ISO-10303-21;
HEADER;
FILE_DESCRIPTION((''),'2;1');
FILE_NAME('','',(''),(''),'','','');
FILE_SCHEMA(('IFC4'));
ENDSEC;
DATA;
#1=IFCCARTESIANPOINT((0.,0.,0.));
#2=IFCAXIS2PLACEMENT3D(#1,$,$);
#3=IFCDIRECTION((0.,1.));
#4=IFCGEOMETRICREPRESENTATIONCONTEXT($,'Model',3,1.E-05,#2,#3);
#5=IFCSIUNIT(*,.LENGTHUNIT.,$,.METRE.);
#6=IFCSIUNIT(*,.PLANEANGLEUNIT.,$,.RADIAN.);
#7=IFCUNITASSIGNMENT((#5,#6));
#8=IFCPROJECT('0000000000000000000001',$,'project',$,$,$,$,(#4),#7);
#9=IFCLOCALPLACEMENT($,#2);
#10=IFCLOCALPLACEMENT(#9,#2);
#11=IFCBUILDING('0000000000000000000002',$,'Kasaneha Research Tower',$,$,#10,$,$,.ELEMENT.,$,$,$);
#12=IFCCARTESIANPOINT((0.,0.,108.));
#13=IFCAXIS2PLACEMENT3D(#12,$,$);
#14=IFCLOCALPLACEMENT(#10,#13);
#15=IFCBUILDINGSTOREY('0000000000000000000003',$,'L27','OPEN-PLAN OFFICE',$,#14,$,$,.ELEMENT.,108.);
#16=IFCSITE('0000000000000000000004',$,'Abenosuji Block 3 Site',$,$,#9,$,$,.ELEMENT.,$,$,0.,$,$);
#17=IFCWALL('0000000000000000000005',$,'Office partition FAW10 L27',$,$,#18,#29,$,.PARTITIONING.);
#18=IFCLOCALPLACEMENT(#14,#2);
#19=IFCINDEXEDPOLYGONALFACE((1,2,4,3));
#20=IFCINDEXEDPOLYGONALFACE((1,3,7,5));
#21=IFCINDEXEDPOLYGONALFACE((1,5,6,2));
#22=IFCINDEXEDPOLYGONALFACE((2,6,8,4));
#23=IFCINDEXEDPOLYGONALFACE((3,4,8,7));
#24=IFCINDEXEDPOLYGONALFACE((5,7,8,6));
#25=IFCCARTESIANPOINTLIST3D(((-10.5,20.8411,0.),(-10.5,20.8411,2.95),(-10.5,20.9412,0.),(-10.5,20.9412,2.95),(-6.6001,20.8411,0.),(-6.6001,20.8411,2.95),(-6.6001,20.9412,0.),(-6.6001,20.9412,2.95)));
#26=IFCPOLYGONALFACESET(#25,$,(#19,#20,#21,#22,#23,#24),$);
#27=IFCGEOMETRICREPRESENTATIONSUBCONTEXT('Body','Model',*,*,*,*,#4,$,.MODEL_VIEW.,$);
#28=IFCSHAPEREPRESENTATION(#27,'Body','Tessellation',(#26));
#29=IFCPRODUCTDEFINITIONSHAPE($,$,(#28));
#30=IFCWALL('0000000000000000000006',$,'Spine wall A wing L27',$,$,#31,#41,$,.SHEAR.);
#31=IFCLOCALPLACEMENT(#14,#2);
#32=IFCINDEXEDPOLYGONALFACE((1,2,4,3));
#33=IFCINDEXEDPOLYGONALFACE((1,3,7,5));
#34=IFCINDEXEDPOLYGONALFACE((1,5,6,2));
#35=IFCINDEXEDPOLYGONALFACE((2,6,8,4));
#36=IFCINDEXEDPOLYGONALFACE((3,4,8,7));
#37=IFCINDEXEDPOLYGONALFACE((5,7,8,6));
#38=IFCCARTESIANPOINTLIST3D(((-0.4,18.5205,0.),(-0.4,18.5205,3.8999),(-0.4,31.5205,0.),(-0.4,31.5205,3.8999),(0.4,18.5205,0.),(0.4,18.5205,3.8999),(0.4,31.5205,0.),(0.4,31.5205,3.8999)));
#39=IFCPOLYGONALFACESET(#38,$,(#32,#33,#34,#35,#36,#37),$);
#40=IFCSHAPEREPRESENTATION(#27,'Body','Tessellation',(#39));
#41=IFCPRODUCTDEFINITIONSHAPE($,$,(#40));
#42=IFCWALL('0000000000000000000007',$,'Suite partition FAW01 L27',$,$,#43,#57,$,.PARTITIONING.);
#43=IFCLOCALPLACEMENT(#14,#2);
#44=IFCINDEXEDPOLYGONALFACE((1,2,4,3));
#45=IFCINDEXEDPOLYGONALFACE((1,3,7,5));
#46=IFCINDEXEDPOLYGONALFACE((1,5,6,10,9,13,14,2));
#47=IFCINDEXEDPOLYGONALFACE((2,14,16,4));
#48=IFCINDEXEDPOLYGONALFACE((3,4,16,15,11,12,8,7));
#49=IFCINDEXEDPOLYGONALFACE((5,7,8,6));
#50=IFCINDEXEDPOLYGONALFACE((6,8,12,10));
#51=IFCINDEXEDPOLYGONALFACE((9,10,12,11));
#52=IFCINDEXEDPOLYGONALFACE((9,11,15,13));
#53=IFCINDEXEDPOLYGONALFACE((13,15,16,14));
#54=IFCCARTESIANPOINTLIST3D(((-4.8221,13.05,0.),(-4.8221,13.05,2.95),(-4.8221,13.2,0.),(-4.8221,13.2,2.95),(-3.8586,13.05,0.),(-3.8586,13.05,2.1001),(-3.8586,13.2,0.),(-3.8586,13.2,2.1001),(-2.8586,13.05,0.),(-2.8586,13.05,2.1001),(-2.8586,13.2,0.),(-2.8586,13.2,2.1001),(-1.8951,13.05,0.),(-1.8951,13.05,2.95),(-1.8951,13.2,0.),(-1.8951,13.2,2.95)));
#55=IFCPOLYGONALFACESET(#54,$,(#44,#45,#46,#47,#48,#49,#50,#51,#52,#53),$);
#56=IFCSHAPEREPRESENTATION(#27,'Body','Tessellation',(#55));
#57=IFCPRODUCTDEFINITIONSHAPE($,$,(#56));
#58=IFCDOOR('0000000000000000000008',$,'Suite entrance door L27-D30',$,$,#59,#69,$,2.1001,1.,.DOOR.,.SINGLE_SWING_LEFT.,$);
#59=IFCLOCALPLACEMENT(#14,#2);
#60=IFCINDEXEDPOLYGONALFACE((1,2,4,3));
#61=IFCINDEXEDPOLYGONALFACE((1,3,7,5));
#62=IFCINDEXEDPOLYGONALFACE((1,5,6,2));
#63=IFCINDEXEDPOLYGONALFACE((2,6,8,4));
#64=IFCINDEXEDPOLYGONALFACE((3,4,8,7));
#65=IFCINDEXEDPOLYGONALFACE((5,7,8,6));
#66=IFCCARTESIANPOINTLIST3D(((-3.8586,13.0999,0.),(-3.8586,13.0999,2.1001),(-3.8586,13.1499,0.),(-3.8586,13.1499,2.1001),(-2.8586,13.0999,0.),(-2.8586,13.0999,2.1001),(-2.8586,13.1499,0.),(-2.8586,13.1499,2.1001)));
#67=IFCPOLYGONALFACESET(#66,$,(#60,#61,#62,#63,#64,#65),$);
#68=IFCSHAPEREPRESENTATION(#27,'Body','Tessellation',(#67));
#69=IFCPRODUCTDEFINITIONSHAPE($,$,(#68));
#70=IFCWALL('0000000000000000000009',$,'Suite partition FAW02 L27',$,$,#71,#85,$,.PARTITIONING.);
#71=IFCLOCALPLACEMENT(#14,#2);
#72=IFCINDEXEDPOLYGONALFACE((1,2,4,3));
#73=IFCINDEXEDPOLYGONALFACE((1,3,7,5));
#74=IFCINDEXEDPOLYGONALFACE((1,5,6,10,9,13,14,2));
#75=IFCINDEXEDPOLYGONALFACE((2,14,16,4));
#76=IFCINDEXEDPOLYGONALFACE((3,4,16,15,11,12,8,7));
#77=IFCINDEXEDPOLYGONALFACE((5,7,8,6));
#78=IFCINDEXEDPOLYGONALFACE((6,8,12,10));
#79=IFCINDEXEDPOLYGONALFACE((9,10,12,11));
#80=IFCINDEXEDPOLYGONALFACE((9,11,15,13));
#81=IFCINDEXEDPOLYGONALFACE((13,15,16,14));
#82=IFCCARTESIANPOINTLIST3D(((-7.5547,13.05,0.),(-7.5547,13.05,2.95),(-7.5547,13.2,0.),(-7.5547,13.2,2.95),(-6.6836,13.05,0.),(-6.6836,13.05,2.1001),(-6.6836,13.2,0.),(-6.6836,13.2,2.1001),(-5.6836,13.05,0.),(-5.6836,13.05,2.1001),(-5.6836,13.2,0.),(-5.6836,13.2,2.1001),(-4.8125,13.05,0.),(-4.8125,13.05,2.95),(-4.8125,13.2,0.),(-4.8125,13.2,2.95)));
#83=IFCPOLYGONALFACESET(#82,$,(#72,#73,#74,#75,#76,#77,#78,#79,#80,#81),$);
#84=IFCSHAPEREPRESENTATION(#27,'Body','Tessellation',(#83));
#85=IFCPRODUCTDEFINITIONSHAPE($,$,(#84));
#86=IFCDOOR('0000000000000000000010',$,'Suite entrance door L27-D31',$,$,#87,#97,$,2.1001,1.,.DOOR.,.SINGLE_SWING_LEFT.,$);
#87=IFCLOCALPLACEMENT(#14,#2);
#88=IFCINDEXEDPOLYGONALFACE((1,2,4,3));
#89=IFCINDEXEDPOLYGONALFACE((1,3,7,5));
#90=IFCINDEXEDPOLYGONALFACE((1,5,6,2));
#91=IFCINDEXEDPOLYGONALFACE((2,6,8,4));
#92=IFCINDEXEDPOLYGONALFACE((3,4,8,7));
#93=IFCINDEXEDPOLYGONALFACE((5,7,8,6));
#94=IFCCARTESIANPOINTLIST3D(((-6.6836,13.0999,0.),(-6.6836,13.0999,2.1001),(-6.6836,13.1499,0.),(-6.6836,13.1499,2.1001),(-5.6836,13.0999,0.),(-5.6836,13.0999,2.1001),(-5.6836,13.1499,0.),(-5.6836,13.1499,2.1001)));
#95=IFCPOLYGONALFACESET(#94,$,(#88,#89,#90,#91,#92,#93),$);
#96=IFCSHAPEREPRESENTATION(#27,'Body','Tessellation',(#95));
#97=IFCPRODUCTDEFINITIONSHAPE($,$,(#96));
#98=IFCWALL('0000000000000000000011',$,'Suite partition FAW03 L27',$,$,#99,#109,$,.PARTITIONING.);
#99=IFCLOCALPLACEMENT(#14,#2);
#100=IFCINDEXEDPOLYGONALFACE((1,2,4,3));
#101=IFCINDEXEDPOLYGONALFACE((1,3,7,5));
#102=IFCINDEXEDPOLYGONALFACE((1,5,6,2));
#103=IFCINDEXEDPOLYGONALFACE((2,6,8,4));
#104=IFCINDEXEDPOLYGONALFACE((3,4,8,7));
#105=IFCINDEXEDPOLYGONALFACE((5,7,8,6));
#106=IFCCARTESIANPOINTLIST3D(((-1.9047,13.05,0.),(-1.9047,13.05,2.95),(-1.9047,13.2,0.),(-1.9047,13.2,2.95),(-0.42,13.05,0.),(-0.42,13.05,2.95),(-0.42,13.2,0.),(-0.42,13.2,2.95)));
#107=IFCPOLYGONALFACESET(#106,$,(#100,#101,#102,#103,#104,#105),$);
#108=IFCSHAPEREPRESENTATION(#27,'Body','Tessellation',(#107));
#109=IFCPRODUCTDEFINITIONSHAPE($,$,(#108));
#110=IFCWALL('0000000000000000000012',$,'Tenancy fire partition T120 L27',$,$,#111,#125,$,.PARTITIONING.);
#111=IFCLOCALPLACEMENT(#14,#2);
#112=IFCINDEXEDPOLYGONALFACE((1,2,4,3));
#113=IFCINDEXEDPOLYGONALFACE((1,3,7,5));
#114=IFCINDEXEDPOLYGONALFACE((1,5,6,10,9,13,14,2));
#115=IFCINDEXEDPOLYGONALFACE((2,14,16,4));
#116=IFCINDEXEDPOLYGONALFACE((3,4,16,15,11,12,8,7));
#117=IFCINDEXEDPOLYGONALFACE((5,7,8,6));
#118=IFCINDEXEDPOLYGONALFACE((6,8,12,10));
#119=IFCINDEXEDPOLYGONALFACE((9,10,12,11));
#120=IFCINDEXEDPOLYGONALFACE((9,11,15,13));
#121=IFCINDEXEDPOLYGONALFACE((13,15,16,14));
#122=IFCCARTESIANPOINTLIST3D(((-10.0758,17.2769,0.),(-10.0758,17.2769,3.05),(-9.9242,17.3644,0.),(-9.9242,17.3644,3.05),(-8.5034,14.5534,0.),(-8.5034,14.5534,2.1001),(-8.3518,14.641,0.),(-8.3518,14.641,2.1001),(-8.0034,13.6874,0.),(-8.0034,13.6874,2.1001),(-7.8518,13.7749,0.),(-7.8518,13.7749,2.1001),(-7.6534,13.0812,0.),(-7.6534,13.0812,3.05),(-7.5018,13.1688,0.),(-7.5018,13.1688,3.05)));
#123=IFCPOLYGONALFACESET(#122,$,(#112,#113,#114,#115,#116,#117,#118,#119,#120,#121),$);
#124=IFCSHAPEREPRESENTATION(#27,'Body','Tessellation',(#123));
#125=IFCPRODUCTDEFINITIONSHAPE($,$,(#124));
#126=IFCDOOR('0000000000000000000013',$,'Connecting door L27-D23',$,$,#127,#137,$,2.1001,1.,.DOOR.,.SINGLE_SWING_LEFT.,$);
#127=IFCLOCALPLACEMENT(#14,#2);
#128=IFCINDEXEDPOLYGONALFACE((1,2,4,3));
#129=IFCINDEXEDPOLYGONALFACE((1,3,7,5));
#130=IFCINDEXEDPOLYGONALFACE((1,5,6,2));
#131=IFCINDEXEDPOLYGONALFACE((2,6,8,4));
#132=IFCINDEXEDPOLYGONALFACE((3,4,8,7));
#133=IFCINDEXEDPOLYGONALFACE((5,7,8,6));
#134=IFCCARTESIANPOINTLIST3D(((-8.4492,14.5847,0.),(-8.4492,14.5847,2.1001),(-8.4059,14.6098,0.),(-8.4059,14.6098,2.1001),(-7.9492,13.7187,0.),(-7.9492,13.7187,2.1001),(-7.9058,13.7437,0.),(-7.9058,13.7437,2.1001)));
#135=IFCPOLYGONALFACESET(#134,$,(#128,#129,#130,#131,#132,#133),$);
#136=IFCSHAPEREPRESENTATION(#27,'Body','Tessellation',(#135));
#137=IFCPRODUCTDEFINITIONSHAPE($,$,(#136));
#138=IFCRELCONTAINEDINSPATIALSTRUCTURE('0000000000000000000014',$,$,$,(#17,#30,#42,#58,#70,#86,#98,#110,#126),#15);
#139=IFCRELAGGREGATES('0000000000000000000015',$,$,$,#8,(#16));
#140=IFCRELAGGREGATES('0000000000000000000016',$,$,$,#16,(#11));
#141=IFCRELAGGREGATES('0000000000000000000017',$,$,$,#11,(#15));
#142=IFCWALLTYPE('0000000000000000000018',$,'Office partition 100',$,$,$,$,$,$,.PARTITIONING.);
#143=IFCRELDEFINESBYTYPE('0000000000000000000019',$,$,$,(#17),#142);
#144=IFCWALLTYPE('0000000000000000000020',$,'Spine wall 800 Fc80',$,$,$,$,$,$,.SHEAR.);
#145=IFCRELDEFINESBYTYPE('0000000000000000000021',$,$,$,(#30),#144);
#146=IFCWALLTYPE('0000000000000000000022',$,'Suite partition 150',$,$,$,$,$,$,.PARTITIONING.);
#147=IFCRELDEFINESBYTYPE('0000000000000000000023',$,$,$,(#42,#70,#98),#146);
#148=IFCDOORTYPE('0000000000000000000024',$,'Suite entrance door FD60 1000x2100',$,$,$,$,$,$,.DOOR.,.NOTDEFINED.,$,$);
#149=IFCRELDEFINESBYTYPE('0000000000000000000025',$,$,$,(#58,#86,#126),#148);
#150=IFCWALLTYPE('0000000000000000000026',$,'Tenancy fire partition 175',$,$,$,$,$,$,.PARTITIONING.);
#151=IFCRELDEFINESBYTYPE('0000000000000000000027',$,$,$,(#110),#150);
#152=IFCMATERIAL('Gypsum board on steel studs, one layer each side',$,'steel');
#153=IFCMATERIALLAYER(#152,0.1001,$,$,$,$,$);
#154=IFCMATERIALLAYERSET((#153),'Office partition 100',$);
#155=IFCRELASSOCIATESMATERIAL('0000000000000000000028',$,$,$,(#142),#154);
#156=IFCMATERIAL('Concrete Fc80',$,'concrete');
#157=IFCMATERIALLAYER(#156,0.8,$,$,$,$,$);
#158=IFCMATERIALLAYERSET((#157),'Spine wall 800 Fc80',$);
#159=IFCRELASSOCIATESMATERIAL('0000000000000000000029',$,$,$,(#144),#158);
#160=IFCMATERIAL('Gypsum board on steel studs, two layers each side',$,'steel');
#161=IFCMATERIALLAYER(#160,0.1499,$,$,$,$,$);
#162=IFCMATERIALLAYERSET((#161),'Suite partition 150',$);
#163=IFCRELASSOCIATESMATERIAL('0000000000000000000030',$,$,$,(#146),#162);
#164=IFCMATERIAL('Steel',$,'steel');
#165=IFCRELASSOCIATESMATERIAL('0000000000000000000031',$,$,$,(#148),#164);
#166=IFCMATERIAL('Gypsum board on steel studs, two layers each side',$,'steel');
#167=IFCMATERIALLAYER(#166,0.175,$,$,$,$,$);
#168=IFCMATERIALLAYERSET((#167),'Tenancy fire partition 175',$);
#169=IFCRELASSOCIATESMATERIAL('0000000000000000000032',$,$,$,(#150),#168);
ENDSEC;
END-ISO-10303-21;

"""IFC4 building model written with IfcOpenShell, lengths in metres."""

from ifc_helpers import new_model, si_unit, direction, frame, frame_2d, origin, place, context, subcontext, project, spatial, rectangle, extrude, material, layer, layer_set, type_object, element, fill, save


model = new_model("IFC4")

# Units and contexts
model_context = context("Model", 3, precision=1e-05, world=origin(), true_north=direction((0.0, 1.0)))
body_context = subcontext(model_context, "Body", "Model", "MODEL_VIEW")
ifc_project = project(units=[si_unit("LENGTHUNIT", "METRE"), si_unit("PLANEANGLEUNIT", "RADIAN")], contexts=[model_context])

# Site, building, storey
site_placement = place(None, origin())
site = spatial("IfcSite", under=ifc_project, at=site_placement, Name="Abenosuji Block 3 Site", CompositionType="ELEMENT", RefElevation=0.0)
building_placement = place(site_placement, origin())
building = spatial("IfcBuilding", under=site, at=building_placement, Name="Kasaneha Research Tower", CompositionType="ELEMENT")
storey_placement = place(building_placement, frame((0.0, 0.0, 108.0)))
storey = spatial("IfcBuildingStorey", under=building, at=storey_placement, Name="L27", Description="OPEN-PLAN OFFICE", CompositionType="ELEMENT", Elevation=108.0)

# Walls
ifc_material_1 = material(Name="Gypsum board on steel studs, one layer each side", Category="steel")
ifc_layer_1 = layer(ifc_material_1, 0.1001)
ifc_layer_set_1 = layer_set([ifc_layer_1], Name="Office partition 100")
wall_type_1 = type_object("IfcWallType", Name="Office partition 100", PredefinedType="PARTITIONING", material=ifc_layer_set_1)
wall_1_placement = place(storey_placement, frame((-6.6001, 20.8911, 0.0), z_axis=(0.0, 0.0, 1.0), x_axis=(-1.0, 0.0, 0.0)))
element("IfcWall", 1, at=wall_1_placement, inside=storey, type_object=wall_type_1, Name="Office partition FAW10 L27", PredefinedType="PARTITIONING", context=body_context, shape_type="SweptSolid", body=[
    extrude(rectangle(XDim=3.8999, YDim=0.1001, at=frame_2d((1.95, 0.0))), origin(), (0.0, 0.0, 1.0), 2.95),
])
ifc_material_2 = material(Name="Concrete Fc80", Category="concrete")
ifc_layer_2 = layer(ifc_material_2, 0.8)
ifc_layer_set_2 = layer_set([ifc_layer_2], Name="Spine wall 800 Fc80")
wall_type_2 = type_object("IfcWallType", Name="Spine wall 800 Fc80", PredefinedType="SHEAR", material=ifc_layer_set_2)
wall_2_placement = place(storey_placement, frame((0.0, 18.5205, 0.0), z_axis=(0.0, 0.0, 1.0), x_axis=(0.0, 1.0, 0.0)))
element("IfcWall", 2, at=wall_2_placement, inside=storey, type_object=wall_type_2, Name="Spine wall A wing L27", PredefinedType="SHEAR", context=body_context, shape_type="SweptSolid", body=[
    extrude(rectangle(XDim=13.0, YDim=0.8, at=frame_2d((6.5, 0.0))), origin(), (0.0, 0.0, 1.0), 3.8999),
])

# Walls, openings, doors
ifc_material_3 = material(Name="Gypsum board on steel studs, two layers each side", Category="steel")
ifc_layer_3 = layer(ifc_material_3, 0.1499)
ifc_layer_set_3 = layer_set([ifc_layer_3], Name="Suite partition 150")
wall_type_3 = type_object("IfcWallType", Name="Suite partition 150", PredefinedType="PARTITIONING", material=ifc_layer_set_3)
wall_3_placement = place(storey_placement, frame((-4.822, 13.125, 0.0), z_axis=(0.0, 0.0, 1.0), x_axis=(1.0, 0.0, 0.0)))
wall_3 = element("IfcWall", 3, at=wall_3_placement, inside=storey, type_object=wall_type_3, Name="Suite partition FAW01 L27", PredefinedType="PARTITIONING", context=body_context, shape_type="SweptSolid", body=[
    extrude(rectangle(XDim=2.927, YDim=0.1499, at=frame_2d((1.4634, 0.0))), origin(), (0.0, 0.0, 1.0), 2.95),
])
opening_1_placement = place(wall_3_placement, frame((0.9634, 0.0, 0.0)))
opening_1 = element("IfcOpeningElement", 4, at=opening_1_placement, cuts=wall_3, PredefinedType="OPENING", context=body_context, shape_type="SweptSolid", body=[
    extrude(rectangle(XDim=1.0, YDim=2.1001, at=frame_2d((0.5, 1.05))), frame((0.0, 0.085, 0.0), z_axis=(0.0, -1.0, 0.0), x_axis=(1.0, 0.0, 0.0)), (0.0, 0.0, 1.0), 0.1699),
])
ifc_material_4 = material(Name="Steel", Category="steel")
door_type = type_object("IfcDoorType", Name="Suite entrance door FD60 1000x2100", OperationType="NOTDEFINED", PredefinedType="DOOR", material=ifc_material_4)
door_1_placement = place(opening_1_placement, origin())
door_1 = element("IfcDoor", 5, at=door_1_placement, inside=storey, type_object=door_type, Name="Suite entrance door L27-D30", OperationType="SINGLE_SWING_LEFT", OverallHeight=2.1001, OverallWidth=1.0, PredefinedType="DOOR", context=body_context, shape_type="SweptSolid", body=[
    extrude(rectangle(XDim=1.0, YDim=2.1001, at=frame_2d((0.5, 1.05))), frame((0.0, 0.0249, 0.0), z_axis=(0.0, -1.0, 0.0), x_axis=(1.0, 0.0, 0.0)), (0.0, 0.0, 1.0), 0.05),
])
fill(opening_1, door_1)
wall_4_placement = place(storey_placement, frame((-7.5547, 13.125, 0.0), z_axis=(0.0, 0.0, 1.0), x_axis=(1.0, 0.0, 0.0)))
wall_4 = element("IfcWall", 6, at=wall_4_placement, inside=storey, type_object=wall_type_3, Name="Suite partition FAW02 L27", PredefinedType="PARTITIONING", context=body_context, shape_type="SweptSolid", body=[
    extrude(rectangle(XDim=2.7422, YDim=0.1499, at=frame_2d((1.3711, 0.0))), origin(), (0.0, 0.0, 1.0), 2.95),
])
opening_2_placement = place(wall_4_placement, frame((0.8711, 0.0, 0.0)))
opening_2 = element("IfcOpeningElement", 7, at=opening_2_placement, cuts=wall_4, PredefinedType="OPENING", context=body_context, shape_type="SweptSolid", body=[
    extrude(rectangle(XDim=1.0, YDim=2.1001, at=frame_2d((0.5, 1.05))), frame((0.0, 0.085, 0.0), z_axis=(0.0, -1.0, 0.0), x_axis=(1.0, 0.0, 0.0)), (0.0, 0.0, 1.0), 0.1699),
])
door_2_placement = place(opening_2_placement, origin())
door_2 = element("IfcDoor", 8, at=door_2_placement, inside=storey, type_object=door_type, Name="Suite entrance door L27-D31", OperationType="SINGLE_SWING_LEFT", OverallHeight=2.1001, OverallWidth=1.0, PredefinedType="DOOR", context=body_context, shape_type="SweptSolid", body=[
    extrude(rectangle(XDim=1.0, YDim=2.1001, at=frame_2d((0.5, 1.05))), frame((0.0, 0.0249, 0.0), z_axis=(0.0, -1.0, 0.0), x_axis=(1.0, 0.0, 0.0)), (0.0, 0.0, 1.0), 0.05),
])
fill(opening_2, door_2)

# Wall
wall_5_placement = place(storey_placement, frame((-1.9045, 13.125, 0.0), z_axis=(0.0, 0.0, 1.0), x_axis=(1.0, 0.0, 0.0)))
element("IfcWall", 9, at=wall_5_placement, inside=storey, type_object=wall_type_3, Name="Suite partition FAW03 L27", PredefinedType="PARTITIONING", context=body_context, shape_type="SweptSolid", body=[
    extrude(rectangle(XDim=1.4846, YDim=0.1499, at=frame_2d((0.7422, 0.0))), origin(), (0.0, 0.0, 1.0), 2.95),
])

# Wall, opening, door
ifc_material_5 = material(Name="Gypsum board on steel studs, two layers each side", Category="steel")
ifc_layer_4 = layer(ifc_material_5, 0.175)
ifc_layer_set_4 = layer_set([ifc_layer_4], Name="Tenancy fire partition 175")
wall_type_4 = type_object("IfcWallType", Name="Tenancy fire partition 175", PredefinedType="PARTITIONING", material=ifc_layer_set_4)
wall_6_placement = place(storey_placement, frame((-7.5776, 13.125, 0.0), z_axis=(0.0, 0.0, 1.0), x_axis=(-0.500009, 0.86602, 0.0)))
wall_6 = element("IfcWall", 10, at=wall_6_placement, inside=storey, type_object=wall_type_4, Name="Tenancy fire partition T120 L27", PredefinedType="PARTITIONING", context=body_context, shape_type="SweptSolid", body=[
    extrude(rectangle(XDim=4.8447, YDim=0.175, at=frame_2d((2.4224, 0.0))), origin(), (0.0, 0.0, 1.0), 3.05),
])
opening_3_placement = place(wall_6_placement, frame((0.7, 0.0, 0.0)))
opening_3 = element("IfcOpeningElement", 11, at=opening_3_placement, cuts=wall_6, PredefinedType="OPENING", context=body_context, shape_type="SweptSolid", body=[
    extrude(rectangle(XDim=1.0, YDim=2.1001, at=frame_2d((0.5, 1.05))), frame((0.0, 0.0977, 0.0), z_axis=(0.0, -1.0, 0.0), x_axis=(1.0, 0.0, 0.0)), (0.0, 0.0, 1.0), 0.1951),
])
door_3_placement = place(opening_3_placement, origin())
door_3 = element("IfcDoor", 12, at=door_3_placement, inside=storey, type_object=door_type, Name="Connecting door L27-D23", OperationType="SINGLE_SWING_LEFT", OverallHeight=2.1001, OverallWidth=1.0, PredefinedType="DOOR", context=body_context, shape_type="SweptSolid", body=[
    extrude(rectangle(XDim=1.0, YDim=2.1001, at=frame_2d((0.5, 1.05))), frame((0.0, 0.0249, 0.0), z_axis=(0.0, -1.0, 0.0), x_axis=(1.0, 0.0, 0.0)), (0.0, 0.0, 1.0), 0.05),
])
fill(opening_3, door_3)

save(model, "model.ifc")
